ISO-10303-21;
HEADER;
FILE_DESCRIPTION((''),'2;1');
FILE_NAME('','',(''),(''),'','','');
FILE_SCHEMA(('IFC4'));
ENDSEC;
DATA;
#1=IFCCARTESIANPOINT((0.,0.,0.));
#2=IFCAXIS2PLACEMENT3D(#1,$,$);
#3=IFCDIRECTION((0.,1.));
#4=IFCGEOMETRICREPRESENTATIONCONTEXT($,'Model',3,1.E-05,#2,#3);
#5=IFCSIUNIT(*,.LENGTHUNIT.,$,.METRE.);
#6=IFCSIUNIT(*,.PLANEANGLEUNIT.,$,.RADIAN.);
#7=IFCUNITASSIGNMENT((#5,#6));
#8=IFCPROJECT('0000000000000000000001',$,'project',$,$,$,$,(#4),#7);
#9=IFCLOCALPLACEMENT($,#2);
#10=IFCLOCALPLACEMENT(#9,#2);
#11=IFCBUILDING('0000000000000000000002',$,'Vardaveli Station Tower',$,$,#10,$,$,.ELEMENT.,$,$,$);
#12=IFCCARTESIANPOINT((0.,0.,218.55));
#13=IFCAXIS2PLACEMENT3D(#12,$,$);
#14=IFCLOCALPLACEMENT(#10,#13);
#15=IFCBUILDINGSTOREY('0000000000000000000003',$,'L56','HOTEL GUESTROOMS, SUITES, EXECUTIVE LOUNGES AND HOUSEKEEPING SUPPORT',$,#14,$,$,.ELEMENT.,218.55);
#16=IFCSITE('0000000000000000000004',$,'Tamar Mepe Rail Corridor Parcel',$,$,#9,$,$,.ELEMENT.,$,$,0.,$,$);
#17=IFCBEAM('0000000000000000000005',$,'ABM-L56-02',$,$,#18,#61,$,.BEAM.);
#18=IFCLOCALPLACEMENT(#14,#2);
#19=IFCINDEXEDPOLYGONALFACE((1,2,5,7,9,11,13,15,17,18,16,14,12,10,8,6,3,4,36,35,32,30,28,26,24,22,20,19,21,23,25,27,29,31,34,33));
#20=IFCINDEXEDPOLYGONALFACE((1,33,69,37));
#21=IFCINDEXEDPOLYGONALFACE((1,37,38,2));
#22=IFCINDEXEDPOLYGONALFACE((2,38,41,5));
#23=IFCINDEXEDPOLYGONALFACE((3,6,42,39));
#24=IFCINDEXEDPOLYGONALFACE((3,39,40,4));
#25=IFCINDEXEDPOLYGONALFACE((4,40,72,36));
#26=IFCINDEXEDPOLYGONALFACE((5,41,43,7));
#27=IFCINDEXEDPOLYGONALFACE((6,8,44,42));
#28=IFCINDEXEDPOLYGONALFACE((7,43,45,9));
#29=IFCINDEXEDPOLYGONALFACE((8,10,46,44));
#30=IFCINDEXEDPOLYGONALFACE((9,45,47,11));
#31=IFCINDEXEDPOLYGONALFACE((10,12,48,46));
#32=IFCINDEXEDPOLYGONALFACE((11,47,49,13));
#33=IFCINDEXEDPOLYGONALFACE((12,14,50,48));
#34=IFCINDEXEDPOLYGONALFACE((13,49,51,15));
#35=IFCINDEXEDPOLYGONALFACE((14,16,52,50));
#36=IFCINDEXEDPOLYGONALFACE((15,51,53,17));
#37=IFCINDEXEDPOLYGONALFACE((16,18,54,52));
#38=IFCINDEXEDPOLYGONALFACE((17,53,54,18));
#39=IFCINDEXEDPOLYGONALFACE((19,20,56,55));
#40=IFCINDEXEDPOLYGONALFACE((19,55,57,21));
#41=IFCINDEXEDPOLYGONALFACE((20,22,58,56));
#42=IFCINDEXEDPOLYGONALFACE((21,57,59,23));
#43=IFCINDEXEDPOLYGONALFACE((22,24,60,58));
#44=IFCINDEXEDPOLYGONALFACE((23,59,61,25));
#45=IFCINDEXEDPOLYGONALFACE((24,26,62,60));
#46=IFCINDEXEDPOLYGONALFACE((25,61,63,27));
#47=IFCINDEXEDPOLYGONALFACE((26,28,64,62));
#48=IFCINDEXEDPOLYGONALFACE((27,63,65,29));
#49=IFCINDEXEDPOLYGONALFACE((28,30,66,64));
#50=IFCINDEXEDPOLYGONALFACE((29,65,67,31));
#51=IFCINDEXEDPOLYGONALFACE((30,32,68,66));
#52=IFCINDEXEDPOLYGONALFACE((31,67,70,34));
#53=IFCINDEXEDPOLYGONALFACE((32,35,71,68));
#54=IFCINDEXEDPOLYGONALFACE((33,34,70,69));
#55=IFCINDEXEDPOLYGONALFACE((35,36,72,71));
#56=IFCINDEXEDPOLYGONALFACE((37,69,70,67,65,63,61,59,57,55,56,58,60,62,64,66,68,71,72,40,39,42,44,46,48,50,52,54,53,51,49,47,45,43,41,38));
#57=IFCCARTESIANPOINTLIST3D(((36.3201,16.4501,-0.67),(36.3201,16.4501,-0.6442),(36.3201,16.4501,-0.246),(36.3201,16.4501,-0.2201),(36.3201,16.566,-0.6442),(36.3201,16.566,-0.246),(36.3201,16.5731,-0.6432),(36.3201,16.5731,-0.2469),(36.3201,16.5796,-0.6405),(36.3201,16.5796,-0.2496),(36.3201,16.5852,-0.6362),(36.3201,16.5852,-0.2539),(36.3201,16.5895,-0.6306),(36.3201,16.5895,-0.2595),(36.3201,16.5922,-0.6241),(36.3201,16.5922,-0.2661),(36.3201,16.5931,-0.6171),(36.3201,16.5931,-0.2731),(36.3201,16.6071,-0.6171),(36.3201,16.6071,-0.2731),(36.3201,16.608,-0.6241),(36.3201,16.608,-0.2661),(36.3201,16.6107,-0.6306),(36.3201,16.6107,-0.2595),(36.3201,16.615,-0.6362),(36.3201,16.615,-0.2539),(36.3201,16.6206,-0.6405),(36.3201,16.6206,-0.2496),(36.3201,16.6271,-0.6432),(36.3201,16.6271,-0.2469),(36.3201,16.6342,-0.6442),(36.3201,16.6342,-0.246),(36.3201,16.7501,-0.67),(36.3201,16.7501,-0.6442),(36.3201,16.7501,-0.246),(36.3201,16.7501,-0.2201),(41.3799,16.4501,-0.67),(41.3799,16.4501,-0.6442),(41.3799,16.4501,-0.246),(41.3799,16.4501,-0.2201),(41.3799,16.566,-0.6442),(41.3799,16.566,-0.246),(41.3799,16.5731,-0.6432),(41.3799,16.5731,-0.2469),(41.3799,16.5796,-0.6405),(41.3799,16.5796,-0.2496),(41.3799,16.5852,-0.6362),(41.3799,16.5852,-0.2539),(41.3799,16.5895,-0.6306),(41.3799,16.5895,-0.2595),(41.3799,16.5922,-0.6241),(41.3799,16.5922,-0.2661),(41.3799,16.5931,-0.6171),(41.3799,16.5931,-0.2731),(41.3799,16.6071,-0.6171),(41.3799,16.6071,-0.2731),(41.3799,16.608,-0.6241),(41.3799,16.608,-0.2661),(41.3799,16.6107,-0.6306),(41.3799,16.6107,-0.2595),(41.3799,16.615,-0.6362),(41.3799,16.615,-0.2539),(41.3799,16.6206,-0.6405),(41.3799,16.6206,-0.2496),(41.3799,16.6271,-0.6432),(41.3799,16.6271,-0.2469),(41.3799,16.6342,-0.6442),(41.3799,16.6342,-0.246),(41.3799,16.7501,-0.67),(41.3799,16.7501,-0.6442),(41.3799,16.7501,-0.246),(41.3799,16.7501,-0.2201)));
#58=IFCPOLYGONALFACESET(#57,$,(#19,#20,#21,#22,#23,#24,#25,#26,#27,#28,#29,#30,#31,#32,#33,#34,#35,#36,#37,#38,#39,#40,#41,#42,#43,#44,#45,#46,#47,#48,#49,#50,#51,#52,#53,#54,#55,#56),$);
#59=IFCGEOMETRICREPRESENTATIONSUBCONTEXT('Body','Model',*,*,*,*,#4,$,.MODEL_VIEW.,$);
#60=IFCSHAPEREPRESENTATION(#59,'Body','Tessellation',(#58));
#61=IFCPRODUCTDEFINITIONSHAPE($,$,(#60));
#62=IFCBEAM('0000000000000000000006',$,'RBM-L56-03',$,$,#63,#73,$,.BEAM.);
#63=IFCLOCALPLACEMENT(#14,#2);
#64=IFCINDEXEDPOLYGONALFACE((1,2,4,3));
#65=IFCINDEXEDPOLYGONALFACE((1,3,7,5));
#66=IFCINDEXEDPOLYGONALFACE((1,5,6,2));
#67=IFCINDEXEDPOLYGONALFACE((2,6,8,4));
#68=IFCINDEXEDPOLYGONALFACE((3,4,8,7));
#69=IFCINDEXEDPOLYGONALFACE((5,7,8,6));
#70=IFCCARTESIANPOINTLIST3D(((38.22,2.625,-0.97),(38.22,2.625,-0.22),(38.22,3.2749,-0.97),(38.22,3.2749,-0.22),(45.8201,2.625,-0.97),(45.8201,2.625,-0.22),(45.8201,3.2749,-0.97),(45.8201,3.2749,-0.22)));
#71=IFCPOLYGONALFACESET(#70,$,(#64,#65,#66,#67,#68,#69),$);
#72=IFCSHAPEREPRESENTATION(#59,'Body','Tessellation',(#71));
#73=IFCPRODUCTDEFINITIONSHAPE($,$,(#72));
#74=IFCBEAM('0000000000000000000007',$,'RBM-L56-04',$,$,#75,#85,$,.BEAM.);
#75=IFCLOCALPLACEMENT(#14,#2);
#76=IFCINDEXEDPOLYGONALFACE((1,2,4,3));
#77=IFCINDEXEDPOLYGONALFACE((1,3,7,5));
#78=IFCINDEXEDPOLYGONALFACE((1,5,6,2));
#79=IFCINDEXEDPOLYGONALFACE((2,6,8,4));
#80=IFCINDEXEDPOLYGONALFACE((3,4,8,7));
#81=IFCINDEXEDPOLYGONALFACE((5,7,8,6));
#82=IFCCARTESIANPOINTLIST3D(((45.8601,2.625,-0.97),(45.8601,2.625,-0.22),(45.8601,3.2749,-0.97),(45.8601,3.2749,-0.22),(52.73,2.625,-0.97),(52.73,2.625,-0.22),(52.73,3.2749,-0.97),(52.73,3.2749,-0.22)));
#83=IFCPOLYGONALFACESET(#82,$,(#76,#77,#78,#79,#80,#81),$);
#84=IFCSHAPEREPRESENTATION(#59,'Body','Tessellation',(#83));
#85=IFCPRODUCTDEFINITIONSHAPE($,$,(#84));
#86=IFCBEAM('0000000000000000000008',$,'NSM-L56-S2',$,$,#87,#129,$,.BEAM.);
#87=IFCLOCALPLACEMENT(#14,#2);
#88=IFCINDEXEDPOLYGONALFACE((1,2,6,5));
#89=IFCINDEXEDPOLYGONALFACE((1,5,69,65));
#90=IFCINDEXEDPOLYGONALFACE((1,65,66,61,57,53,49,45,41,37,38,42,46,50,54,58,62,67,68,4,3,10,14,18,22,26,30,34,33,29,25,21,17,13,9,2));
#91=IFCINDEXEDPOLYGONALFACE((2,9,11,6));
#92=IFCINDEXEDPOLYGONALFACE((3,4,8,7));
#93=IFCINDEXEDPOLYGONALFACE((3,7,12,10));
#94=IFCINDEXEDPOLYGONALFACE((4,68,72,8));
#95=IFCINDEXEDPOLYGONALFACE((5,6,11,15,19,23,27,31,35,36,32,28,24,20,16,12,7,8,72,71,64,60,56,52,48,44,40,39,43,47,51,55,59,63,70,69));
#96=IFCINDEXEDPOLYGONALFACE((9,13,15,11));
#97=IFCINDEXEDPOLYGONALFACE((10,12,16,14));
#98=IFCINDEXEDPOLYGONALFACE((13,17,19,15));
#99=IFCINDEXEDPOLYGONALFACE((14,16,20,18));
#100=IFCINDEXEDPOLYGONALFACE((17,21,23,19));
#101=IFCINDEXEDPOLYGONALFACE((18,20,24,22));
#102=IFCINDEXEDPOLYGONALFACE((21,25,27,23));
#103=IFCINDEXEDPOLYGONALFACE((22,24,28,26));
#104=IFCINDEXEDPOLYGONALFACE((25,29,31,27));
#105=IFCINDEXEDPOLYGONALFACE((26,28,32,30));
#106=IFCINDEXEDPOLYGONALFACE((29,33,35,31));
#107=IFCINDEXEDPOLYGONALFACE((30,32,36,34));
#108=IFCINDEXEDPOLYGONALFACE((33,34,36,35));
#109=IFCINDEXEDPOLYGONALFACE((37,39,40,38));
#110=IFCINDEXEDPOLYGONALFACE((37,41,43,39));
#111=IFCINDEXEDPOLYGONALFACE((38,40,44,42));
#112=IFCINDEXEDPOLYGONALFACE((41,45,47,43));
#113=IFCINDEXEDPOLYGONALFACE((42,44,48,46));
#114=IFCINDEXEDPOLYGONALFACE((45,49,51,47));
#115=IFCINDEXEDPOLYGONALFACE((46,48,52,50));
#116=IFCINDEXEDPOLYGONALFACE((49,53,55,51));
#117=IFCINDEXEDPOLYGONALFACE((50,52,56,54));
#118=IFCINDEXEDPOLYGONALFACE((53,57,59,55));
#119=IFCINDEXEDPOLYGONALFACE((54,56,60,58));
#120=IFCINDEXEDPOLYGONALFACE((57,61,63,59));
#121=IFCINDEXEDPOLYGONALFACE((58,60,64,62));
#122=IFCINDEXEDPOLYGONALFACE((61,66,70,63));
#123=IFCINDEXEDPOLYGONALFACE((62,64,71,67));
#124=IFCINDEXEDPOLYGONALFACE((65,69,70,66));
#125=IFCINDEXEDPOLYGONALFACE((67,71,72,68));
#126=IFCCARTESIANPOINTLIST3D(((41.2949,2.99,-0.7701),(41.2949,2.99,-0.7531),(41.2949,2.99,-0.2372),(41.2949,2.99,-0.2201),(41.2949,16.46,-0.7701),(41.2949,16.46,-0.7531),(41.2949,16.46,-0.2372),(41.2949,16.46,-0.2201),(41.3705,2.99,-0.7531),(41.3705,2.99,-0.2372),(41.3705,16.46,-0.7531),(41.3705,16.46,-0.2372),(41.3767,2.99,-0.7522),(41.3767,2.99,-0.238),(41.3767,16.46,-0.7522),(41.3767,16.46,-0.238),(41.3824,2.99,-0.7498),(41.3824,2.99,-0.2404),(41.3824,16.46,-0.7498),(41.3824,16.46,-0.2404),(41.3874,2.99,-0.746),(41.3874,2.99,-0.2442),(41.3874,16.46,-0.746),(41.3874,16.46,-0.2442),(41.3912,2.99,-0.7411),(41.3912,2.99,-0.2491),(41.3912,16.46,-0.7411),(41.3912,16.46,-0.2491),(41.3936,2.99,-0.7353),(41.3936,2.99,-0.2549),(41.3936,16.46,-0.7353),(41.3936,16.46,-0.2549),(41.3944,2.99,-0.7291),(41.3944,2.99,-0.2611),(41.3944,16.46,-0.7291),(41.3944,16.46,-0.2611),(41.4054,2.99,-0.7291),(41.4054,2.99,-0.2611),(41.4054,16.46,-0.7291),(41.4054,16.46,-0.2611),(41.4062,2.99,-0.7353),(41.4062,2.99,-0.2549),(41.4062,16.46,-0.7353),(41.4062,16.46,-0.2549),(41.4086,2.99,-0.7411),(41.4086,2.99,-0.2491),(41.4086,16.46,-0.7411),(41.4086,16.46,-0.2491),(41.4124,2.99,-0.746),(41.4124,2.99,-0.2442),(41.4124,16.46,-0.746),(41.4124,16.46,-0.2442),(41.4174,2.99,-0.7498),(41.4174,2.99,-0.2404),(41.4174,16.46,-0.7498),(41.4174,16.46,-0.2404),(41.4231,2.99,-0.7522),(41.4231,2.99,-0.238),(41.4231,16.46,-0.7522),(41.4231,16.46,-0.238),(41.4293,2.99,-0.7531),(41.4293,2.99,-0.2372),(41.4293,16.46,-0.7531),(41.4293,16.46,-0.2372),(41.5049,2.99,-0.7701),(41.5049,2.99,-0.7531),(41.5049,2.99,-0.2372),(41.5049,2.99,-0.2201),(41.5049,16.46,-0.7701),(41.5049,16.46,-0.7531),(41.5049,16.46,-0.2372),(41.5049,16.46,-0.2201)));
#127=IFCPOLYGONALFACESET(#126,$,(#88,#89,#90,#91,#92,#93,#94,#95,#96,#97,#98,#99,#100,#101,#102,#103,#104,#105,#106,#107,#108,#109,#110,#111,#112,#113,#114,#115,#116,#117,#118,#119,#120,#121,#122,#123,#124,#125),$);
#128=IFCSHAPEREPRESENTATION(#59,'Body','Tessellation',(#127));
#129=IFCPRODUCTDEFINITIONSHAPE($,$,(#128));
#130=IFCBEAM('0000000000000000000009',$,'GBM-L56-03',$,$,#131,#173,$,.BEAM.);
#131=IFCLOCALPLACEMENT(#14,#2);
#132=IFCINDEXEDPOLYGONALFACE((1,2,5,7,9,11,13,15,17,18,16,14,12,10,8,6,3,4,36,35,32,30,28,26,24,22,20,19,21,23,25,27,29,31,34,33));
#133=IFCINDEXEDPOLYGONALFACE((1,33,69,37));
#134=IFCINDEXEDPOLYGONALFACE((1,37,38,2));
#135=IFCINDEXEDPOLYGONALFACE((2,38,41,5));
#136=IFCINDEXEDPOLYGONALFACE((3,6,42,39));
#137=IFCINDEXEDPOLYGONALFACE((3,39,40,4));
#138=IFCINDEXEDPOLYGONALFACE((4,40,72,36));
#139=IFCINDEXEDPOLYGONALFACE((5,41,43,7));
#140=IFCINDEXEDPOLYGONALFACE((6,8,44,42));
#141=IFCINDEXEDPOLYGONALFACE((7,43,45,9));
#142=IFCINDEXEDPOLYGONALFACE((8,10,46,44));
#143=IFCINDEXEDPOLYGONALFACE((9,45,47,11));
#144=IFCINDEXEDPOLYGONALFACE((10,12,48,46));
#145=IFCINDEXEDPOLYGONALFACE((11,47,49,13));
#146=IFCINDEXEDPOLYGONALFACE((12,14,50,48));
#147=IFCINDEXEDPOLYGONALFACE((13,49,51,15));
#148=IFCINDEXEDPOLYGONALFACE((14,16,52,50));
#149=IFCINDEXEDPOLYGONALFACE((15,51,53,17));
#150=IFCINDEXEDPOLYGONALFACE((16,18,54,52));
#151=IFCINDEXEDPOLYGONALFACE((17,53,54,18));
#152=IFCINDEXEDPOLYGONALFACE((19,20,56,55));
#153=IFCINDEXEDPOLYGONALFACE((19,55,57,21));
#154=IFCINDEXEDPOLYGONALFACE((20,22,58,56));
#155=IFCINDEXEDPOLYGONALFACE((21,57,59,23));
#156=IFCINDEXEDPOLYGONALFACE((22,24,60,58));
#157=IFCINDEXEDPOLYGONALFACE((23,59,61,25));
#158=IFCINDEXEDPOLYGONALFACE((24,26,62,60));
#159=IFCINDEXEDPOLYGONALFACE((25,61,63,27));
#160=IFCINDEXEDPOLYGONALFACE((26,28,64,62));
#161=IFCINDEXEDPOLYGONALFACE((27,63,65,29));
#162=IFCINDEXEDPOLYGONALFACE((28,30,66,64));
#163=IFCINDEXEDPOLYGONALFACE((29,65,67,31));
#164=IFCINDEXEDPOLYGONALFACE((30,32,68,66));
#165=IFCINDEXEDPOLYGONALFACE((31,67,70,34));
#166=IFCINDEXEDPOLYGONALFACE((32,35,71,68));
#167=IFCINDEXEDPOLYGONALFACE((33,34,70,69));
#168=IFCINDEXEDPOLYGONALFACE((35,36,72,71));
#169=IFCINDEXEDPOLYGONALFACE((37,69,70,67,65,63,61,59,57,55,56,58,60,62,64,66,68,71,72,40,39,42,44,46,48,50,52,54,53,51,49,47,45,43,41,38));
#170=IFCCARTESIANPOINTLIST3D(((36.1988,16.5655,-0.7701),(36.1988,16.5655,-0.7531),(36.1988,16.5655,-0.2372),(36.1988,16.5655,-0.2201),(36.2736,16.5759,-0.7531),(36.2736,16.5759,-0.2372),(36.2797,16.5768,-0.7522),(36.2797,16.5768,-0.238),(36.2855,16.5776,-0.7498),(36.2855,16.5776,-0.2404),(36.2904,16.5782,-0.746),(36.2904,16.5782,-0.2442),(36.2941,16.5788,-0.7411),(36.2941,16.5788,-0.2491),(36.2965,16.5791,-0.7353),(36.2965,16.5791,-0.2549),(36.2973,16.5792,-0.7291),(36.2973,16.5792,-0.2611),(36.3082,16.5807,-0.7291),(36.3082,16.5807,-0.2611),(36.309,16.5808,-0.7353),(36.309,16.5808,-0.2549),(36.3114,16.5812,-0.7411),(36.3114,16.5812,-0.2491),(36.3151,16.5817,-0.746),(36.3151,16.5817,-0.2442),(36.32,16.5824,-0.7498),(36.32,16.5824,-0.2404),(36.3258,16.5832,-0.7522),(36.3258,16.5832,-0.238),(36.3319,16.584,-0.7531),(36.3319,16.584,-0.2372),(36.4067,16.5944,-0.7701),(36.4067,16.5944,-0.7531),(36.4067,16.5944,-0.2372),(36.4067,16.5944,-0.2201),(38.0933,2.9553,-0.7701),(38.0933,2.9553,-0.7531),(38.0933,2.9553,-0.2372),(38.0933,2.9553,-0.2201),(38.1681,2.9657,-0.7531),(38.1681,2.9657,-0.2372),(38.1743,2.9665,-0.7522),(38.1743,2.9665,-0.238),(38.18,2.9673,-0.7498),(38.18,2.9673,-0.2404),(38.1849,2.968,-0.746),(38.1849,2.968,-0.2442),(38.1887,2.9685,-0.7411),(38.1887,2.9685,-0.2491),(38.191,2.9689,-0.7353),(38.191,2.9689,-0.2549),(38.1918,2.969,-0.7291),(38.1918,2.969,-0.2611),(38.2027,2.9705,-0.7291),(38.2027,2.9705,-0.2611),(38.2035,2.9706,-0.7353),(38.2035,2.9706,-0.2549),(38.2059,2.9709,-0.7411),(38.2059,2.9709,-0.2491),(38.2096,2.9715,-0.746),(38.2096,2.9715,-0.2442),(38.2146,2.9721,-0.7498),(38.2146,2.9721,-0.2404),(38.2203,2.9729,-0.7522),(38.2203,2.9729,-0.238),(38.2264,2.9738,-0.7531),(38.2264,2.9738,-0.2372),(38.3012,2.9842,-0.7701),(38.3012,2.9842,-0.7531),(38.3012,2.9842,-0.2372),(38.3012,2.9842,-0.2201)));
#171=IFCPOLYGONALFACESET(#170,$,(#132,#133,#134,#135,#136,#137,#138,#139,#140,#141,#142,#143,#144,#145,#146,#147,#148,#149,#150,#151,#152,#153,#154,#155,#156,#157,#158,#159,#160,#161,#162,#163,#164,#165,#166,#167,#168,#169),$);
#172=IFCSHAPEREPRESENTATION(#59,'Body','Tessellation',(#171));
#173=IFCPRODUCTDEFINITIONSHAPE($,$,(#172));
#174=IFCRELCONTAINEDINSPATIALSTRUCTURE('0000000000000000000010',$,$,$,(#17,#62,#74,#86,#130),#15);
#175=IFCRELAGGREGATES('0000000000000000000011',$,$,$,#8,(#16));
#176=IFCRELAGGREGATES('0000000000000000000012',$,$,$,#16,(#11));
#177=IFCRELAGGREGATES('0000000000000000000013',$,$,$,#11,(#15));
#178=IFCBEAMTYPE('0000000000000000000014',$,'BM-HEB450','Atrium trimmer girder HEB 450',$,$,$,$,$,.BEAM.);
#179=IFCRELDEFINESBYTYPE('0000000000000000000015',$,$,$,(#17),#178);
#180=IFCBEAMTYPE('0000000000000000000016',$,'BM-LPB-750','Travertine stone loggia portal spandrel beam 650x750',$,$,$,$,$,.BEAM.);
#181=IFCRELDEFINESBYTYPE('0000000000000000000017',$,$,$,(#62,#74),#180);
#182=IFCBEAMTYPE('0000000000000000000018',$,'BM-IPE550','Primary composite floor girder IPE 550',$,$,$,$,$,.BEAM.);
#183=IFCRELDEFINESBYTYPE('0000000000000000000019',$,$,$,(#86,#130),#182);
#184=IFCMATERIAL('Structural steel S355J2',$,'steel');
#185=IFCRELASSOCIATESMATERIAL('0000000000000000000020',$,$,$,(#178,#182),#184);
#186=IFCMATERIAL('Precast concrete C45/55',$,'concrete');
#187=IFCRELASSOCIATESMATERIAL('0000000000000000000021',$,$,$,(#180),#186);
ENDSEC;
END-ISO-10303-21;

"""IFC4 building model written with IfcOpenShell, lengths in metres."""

from ifc_helpers import new_model, si_unit, direction, frame, origin, origin_2d, place, context, subcontext, project, spatial, rectangle, i_section, extrude, source, transform, mapped, material, material_profile, profile_set, type_object, element, save


model = new_model("IFC4")

# Units and contexts
model_context = context("Model", 3, precision=1e-05, world=origin(), true_north=direction((0.0, 1.0)))
body_context = subcontext(model_context, "Body", "Model", "MODEL_VIEW")
ifc_project = project(units=[si_unit("LENGTHUNIT", "METRE"), si_unit("PLANEANGLEUNIT", "RADIAN")], contexts=[model_context])

# Site, building, storey
site_placement = place(None, origin())
site = spatial("IfcSite", under=ifc_project, at=site_placement, Name="Tamar Mepe Rail Corridor Parcel", CompositionType="ELEMENT", RefElevation=0.0)
building_placement = place(site_placement, origin())
building = spatial("IfcBuilding", under=site, at=building_placement, Name="Vardaveli Station Tower", CompositionType="ELEMENT")
storey_placement = place(building_placement, frame((0.0, 0.0, 218.55)))
storey = spatial("IfcBuildingStorey", under=building, at=storey_placement, Name="L56", Description="HOTEL GUESTROOMS, SUITES, EXECUTIVE LOUNGES AND HOUSEKEEPING SUPPORT", CompositionType="ELEMENT", Elevation=218.55)

# Beams
ifc_material_1 = material(Name="Structural steel S355J2", Category="steel")
ifc_material_profile_1 = material_profile(ifc_material_1, i_section(OverallWidth=0.3, OverallDepth=0.45, WebThickness=0.0139, FlangeThickness=0.0259, FilletRadius=0.0271, at=origin_2d()), Name="HEB 450")
ifc_profile_set_1 = profile_set([ifc_material_profile_1], Name="Structural steel S355J2")
beam_type_1 = type_object("IfcBeamType", Name="BM-HEB450", Description="Atrium trimmer girder HEB 450", PredefinedType="BEAM", material=ifc_profile_set_1)
shared_shape_1 = source(origin(), body_context, "Body", "SweptSolid", [
    extrude(i_section(OverallWidth=0.3, OverallDepth=0.45, WebThickness=0.0139, FlangeThickness=0.0259, FilletRadius=0.0271, at=origin_2d()), origin(), (0.0, 0.0, 1.0), 5.0598),
])
beam_1_placement = place(storey_placement, frame((36.3201, 16.6001, -0.4451), z_axis=(1.0, 0.0, 0.0), x_axis=(0.0, 1.0, 0.0)))
element("IfcBeam", 1, at=beam_1_placement, inside=storey, type_object=beam_type_1, Name="ABM-L56-02", PredefinedType="BEAM", context=body_context, shape_type="MappedRepresentation", body=[
    mapped(shared_shape_1, transform((0.0, 0.0, 0.0), scale=1.0)),
])
ifc_material_2 = material(Name="Precast concrete C45/55", Category="concrete")
ifc_material_profile_2 = material_profile(ifc_material_2, rectangle(XDim=0.6499, YDim=0.75, at=origin_2d()), Name="LPB 650x750")
ifc_profile_set_2 = profile_set([ifc_material_profile_2], Name="Precast concrete C45/55")
beam_type_2 = type_object("IfcBeamType", Name="BM-LPB-750", Description="Travertine stone loggia portal spandrel beam 650x750", PredefinedType="BEAM", material=ifc_profile_set_2)
shared_shape_2 = source(origin(), body_context, "Body", "SweptSolid", [
    extrude(rectangle(XDim=0.6499, YDim=0.75, at=origin_2d()), origin(), (0.0, 0.0, 1.0), 7.6001),
])
beam_2_placement = place(storey_placement, frame((38.22, 2.95, -0.595), z_axis=(1.0, 0.0, 0.0), x_axis=(0.0, 1.0, 0.0)))
element("IfcBeam", 2, at=beam_2_placement, inside=storey, type_object=beam_type_2, Name="RBM-L56-03", PredefinedType="BEAM", context=body_context, shape_type="MappedRepresentation", body=[
    mapped(shared_shape_2, transform((0.0, 0.0, 0.0), scale=1.0)),
])
shared_shape_3 = source(origin(), body_context, "Body", "SweptSolid", [
    extrude(rectangle(XDim=0.6499, YDim=0.75, at=origin_2d()), origin(), (0.0, 0.0, 1.0), 6.8699),
])
beam_3_placement = place(storey_placement, frame((45.8601, 2.95, -0.595), z_axis=(1.0, 0.0, 0.0), x_axis=(0.0, 1.0, 0.0)))
element("IfcBeam", 3, at=beam_3_placement, inside=storey, type_object=beam_type_2, Name="RBM-L56-04", PredefinedType="BEAM", context=body_context, shape_type="MappedRepresentation", body=[
    mapped(shared_shape_3, transform((0.0, 0.0, 0.0), scale=1.0)),
])
ifc_material_profile_3 = material_profile(ifc_material_1, i_section(OverallWidth=0.21, OverallDepth=0.55, WebThickness=0.011, FlangeThickness=0.0171, FilletRadius=0.0239, at=origin_2d()), Name="IPE 550")
ifc_profile_set_3 = profile_set([ifc_material_profile_3], Name="Structural steel S355J2")
beam_type_3 = type_object("IfcBeamType", Name="BM-IPE550", Description="Primary composite floor girder IPE 550", PredefinedType="BEAM", material=ifc_profile_set_3)
shared_shape_4 = source(origin(), body_context, "Body", "SweptSolid", [
    extrude(i_section(OverallWidth=0.21, OverallDepth=0.55, WebThickness=0.011, FlangeThickness=0.0171, FilletRadius=0.0239, at=origin_2d()), origin(), (0.0, 0.0, 1.0), 13.47),
])
beam_4_placement = place(storey_placement, frame((41.3999, 2.99, -0.4951), z_axis=(0.0, 1.0, 0.0), x_axis=(-1.0, 0.0, 0.0)))
element("IfcBeam", 4, at=beam_4_placement, inside=storey, type_object=beam_type_3, Name="NSM-L56-S2", PredefinedType="BEAM", context=body_context, shape_type="MappedRepresentation", body=[
    mapped(shared_shape_4, transform((0.0, 0.0, 0.0), scale=1.0)),
])
shared_shape_5 = source(origin(), body_context, "Body", "SweptSolid", [
    extrude(i_section(OverallWidth=0.21, OverallDepth=0.55, WebThickness=0.011, FlangeThickness=0.0171, FilletRadius=0.0239, at=origin_2d()), origin(), (0.0, 0.0, 1.0), 13.7415),
])
beam_5_placement = place(storey_placement, frame((38.1973, 2.9697, -0.4951), z_axis=(-0.137869, 0.990451, 0.0), x_axis=(-0.990451, -0.137869, 0.0)))
element("IfcBeam", 5, at=beam_5_placement, inside=storey, type_object=beam_type_3, Name="GBM-L56-03", PredefinedType="BEAM", context=body_context, shape_type="MappedRepresentation", body=[
    mapped(shared_shape_5, transform((0.0, 0.0, 0.0), scale=1.0)),
])

save(model, "model.ifc")
